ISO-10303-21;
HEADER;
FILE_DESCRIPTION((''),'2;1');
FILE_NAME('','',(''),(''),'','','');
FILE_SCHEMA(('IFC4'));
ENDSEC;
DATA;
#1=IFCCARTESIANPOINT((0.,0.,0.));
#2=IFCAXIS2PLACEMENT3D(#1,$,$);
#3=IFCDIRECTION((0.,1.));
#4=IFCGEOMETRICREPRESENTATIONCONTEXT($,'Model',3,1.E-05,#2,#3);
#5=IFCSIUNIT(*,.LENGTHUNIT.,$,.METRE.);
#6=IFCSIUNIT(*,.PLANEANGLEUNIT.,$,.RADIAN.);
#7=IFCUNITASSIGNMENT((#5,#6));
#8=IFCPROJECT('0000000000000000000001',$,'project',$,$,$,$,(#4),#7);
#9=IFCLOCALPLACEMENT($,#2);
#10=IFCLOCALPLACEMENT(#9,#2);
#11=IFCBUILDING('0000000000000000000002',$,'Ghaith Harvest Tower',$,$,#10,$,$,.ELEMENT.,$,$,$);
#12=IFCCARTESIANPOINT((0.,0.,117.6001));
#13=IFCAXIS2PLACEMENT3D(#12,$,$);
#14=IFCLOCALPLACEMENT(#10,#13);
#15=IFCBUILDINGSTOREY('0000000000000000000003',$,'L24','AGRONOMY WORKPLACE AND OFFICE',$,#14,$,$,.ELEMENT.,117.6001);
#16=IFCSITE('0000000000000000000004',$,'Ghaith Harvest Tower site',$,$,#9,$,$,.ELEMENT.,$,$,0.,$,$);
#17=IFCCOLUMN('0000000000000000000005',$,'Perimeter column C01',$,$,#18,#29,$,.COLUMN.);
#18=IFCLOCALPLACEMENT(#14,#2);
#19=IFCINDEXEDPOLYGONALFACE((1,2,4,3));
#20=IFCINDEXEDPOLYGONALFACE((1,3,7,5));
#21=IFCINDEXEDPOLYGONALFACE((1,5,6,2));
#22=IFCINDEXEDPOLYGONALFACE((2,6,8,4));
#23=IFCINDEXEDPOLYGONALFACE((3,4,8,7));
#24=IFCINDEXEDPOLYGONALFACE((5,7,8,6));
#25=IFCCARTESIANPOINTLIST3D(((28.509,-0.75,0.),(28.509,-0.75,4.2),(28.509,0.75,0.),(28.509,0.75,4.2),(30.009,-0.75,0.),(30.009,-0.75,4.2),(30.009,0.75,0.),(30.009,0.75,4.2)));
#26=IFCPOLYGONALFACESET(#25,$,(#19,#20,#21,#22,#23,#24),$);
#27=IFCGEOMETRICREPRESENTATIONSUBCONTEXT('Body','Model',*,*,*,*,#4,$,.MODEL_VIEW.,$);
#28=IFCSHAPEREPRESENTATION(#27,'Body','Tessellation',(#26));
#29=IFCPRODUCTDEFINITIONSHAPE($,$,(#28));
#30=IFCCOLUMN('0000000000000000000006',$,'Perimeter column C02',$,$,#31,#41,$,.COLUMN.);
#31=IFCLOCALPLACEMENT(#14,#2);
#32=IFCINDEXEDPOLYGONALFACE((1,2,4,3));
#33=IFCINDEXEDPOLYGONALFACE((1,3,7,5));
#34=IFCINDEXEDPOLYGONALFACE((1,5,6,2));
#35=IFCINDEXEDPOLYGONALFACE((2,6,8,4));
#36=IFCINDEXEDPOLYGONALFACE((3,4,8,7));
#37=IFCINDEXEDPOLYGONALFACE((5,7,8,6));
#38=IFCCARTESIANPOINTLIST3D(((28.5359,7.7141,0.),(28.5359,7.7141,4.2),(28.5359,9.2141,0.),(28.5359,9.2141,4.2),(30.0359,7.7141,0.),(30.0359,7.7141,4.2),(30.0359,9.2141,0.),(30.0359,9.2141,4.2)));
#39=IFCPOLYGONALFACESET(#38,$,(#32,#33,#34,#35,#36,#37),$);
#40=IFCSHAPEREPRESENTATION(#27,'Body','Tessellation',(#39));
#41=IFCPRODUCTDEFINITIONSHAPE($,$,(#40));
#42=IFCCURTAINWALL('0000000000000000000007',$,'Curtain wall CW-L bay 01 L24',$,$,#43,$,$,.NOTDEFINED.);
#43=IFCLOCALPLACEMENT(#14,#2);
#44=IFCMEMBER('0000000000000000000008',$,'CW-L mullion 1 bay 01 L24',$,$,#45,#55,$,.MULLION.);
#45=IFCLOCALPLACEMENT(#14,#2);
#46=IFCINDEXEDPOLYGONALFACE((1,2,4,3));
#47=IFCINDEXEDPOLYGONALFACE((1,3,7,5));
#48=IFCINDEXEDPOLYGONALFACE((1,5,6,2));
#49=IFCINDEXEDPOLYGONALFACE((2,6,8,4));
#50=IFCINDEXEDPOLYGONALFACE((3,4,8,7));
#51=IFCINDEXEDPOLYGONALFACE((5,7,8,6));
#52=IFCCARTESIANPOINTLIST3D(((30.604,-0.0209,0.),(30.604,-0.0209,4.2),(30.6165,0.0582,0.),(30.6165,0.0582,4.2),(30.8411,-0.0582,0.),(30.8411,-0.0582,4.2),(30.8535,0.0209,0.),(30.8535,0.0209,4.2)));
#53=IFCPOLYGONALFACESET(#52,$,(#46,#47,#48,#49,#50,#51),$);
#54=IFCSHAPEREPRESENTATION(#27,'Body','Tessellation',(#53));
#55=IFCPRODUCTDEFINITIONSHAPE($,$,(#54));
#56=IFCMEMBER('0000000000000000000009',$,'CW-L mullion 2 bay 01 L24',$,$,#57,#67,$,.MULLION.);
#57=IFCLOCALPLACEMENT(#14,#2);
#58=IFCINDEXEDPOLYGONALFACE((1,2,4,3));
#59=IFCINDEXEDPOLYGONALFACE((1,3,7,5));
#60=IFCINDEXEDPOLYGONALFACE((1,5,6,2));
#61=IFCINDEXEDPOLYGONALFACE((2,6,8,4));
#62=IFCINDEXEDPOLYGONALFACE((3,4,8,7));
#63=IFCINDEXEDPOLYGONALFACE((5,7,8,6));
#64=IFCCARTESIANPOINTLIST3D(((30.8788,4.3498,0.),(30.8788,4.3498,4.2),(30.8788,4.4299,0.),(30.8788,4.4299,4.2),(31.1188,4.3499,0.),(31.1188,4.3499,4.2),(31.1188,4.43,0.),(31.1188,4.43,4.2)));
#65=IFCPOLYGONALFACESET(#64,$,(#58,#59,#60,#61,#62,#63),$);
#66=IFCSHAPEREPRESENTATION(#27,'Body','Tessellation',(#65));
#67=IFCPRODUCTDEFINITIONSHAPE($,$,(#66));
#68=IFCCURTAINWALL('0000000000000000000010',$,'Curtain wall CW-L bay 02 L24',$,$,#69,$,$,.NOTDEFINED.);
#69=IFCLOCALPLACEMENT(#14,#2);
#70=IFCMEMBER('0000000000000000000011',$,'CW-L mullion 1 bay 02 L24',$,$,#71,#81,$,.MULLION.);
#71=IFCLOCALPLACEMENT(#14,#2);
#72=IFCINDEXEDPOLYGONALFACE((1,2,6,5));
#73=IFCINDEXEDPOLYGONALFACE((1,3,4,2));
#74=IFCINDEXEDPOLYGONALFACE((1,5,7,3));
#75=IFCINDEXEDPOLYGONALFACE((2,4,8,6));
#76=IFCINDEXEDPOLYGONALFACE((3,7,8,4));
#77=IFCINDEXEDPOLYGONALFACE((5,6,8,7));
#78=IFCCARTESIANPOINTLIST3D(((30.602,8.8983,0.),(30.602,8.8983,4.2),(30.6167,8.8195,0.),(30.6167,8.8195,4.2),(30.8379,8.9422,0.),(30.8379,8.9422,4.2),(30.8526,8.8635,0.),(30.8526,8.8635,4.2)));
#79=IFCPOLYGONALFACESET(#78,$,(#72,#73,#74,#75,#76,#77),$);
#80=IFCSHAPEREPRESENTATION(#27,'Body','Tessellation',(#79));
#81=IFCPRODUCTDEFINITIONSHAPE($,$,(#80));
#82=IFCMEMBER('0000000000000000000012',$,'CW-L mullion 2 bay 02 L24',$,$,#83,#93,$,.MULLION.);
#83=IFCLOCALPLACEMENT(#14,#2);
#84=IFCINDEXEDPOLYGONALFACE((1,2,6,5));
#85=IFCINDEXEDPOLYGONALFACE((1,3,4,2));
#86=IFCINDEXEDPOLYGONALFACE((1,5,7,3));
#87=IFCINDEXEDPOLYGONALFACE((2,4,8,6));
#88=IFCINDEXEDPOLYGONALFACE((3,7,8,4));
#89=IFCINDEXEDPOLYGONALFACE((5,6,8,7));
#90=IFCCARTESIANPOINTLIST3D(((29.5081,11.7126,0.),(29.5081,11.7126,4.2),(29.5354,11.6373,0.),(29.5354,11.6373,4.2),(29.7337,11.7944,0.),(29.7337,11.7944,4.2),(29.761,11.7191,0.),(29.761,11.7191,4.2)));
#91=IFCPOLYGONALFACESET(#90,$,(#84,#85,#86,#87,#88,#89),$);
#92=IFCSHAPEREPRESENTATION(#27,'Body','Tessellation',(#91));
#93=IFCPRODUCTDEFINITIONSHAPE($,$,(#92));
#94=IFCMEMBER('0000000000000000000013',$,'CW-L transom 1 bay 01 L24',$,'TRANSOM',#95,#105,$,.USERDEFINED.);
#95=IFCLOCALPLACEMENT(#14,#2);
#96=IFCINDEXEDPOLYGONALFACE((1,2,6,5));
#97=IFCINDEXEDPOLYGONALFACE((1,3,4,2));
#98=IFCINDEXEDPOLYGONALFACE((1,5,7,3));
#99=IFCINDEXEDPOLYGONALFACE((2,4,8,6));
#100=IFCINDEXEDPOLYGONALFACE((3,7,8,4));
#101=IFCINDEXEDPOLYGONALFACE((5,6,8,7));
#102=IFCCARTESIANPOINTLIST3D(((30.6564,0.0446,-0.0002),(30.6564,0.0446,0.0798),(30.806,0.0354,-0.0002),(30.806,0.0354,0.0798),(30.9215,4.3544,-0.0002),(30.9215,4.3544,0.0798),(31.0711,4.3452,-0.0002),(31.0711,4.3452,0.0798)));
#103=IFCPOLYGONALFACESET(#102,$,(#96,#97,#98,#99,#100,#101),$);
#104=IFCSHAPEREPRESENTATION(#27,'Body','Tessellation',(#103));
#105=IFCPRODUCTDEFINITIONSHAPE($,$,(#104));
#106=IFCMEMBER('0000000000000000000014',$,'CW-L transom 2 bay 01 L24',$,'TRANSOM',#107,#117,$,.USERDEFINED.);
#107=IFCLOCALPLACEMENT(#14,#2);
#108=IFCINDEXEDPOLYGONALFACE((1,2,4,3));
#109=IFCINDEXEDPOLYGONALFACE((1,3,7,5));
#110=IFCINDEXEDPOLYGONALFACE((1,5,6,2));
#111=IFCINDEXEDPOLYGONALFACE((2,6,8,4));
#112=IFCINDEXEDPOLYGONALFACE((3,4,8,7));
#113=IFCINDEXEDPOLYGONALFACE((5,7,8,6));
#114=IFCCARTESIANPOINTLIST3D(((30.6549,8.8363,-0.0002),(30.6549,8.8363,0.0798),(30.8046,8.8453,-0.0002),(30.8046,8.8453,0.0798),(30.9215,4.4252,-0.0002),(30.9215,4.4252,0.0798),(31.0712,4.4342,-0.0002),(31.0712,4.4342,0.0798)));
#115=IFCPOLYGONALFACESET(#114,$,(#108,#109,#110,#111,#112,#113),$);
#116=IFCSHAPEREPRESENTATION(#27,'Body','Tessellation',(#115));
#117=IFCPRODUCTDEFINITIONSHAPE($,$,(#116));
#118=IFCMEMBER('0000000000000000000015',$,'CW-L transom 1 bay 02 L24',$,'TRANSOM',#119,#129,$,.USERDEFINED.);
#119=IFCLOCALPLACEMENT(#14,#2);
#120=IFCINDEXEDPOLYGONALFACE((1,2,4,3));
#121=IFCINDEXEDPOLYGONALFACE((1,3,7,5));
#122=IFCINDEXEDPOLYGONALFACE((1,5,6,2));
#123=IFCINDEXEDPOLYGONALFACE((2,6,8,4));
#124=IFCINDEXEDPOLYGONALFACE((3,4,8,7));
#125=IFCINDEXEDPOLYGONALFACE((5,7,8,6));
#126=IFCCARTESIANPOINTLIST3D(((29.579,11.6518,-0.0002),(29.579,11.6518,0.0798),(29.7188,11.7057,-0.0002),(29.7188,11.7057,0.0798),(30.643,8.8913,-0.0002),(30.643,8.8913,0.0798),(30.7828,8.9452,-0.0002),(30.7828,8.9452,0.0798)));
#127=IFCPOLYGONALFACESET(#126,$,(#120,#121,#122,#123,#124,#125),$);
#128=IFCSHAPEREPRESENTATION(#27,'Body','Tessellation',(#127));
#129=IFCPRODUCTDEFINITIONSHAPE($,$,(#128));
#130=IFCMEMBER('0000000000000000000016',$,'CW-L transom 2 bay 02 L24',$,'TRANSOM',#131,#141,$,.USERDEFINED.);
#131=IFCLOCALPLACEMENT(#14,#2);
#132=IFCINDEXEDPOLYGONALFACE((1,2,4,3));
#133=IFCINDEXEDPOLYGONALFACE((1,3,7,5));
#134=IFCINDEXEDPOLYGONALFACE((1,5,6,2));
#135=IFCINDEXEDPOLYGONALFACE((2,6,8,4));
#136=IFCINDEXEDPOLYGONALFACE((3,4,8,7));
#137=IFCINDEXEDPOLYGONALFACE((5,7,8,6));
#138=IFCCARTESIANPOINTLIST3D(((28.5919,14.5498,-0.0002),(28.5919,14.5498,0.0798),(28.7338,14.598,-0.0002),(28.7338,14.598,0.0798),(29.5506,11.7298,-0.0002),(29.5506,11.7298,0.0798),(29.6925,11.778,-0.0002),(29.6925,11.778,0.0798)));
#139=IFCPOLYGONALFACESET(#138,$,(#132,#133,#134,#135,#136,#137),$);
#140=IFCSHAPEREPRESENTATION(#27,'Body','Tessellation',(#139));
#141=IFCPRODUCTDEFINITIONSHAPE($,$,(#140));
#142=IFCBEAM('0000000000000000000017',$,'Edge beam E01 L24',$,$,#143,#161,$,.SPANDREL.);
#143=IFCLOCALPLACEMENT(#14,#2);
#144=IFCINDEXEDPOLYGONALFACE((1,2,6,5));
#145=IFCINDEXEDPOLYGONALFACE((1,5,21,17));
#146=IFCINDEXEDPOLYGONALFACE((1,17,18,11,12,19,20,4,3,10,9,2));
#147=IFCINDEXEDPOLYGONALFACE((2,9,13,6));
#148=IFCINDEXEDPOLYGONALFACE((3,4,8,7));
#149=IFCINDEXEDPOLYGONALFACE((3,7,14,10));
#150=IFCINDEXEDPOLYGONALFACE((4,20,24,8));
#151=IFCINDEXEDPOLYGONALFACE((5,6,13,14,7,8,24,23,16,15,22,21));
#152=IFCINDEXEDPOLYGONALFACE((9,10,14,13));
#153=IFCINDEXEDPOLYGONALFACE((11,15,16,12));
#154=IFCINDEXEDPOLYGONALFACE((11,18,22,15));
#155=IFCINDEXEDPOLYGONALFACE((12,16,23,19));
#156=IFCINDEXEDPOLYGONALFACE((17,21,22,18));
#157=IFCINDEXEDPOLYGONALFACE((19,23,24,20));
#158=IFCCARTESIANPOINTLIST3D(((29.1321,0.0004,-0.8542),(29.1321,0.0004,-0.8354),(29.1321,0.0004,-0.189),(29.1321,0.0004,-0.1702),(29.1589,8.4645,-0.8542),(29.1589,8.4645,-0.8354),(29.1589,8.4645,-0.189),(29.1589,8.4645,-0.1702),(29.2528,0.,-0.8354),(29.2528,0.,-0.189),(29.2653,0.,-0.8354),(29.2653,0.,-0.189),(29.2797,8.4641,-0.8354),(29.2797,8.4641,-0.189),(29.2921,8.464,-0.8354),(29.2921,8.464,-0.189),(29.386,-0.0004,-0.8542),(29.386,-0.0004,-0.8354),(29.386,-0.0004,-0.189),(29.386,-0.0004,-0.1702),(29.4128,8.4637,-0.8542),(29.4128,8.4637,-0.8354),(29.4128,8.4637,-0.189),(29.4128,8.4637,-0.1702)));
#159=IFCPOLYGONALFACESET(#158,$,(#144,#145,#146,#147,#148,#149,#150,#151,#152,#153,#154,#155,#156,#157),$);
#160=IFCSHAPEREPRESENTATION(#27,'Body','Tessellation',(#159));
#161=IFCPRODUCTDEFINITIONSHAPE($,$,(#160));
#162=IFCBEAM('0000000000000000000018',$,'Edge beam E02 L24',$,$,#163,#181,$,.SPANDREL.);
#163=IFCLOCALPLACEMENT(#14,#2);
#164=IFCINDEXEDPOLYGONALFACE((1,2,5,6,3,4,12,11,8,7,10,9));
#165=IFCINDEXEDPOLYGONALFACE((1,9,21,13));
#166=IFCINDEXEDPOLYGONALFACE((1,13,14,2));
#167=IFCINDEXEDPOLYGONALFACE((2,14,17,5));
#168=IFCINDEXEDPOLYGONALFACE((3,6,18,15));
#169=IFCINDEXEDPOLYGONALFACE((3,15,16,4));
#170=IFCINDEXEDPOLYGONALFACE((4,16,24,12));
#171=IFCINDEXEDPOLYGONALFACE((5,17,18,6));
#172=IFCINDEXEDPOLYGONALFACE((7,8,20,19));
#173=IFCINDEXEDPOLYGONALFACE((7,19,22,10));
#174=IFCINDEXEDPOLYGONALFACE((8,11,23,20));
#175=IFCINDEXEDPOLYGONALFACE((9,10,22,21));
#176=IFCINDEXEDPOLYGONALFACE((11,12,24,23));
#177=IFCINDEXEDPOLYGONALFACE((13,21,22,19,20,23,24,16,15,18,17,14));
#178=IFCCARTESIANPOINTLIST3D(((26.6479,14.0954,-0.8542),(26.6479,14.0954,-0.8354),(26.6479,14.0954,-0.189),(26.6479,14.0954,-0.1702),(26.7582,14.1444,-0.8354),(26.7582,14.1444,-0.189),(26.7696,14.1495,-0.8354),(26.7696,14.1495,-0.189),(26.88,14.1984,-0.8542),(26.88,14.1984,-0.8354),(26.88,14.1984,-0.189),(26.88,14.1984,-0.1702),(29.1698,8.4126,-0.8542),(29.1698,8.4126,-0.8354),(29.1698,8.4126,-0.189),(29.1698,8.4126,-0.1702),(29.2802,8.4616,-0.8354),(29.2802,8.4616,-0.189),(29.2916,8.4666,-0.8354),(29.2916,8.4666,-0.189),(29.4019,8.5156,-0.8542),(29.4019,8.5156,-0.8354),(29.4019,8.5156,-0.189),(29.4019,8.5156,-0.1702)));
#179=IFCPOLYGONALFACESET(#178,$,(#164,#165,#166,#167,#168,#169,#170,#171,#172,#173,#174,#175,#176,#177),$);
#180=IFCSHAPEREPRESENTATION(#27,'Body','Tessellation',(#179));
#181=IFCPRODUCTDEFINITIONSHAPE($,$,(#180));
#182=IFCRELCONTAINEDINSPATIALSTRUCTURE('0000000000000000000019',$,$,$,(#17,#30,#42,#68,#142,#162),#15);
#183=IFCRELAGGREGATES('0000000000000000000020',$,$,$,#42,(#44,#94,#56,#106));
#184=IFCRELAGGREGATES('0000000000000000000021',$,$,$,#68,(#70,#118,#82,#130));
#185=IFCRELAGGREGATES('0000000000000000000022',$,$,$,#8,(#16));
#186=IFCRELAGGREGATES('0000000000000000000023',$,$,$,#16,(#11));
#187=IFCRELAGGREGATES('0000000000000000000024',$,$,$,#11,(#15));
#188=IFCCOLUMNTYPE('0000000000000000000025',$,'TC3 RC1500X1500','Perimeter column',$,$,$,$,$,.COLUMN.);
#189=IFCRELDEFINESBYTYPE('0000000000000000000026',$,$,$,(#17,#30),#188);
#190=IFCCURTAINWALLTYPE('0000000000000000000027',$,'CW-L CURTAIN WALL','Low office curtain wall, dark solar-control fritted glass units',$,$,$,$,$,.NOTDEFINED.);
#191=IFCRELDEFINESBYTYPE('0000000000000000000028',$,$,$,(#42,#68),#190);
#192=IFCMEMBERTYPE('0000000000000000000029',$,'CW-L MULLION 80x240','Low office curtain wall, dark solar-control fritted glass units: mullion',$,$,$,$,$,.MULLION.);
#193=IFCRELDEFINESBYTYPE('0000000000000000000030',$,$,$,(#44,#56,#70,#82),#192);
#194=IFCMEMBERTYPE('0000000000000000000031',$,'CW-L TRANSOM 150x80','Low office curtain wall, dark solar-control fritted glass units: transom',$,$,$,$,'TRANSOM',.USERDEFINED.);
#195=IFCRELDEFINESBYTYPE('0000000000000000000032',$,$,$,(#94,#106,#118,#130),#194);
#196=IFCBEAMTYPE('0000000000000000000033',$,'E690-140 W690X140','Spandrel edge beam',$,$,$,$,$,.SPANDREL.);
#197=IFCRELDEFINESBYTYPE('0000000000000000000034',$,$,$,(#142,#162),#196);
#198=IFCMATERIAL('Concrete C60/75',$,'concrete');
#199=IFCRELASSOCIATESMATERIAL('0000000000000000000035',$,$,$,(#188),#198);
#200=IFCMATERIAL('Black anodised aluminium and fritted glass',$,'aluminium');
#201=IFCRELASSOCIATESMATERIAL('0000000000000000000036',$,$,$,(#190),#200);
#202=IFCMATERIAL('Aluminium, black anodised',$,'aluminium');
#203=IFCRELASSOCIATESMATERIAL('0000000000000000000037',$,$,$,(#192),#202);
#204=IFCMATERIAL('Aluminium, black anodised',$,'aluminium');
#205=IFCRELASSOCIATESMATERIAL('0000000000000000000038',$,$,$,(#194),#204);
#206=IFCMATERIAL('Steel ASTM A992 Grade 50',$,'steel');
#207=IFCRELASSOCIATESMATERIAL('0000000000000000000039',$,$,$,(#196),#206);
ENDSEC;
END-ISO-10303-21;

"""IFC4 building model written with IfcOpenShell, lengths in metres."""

from ifc_helpers import new_model, si_unit, direction, frame, origin, origin_2d, place, context, subcontext, project, spatial, rectangle, i_section, extrude, material, material_profile, profile_set, type_object, element, aggregate, save


model = new_model("IFC4")

# Units and contexts
model_context = context("Model", 3, precision=1e-05, world=origin(), true_north=direction((0.0, 1.0)))
body_context = subcontext(model_context, "Body", "Model", "MODEL_VIEW")
ifc_project = project(units=[si_unit("LENGTHUNIT", "METRE"), si_unit("PLANEANGLEUNIT", "RADIAN")], contexts=[model_context])

# Site, building, storey
site_placement = place(None, origin())
site = spatial("IfcSite", under=ifc_project, at=site_placement, Name="Ghaith Harvest Tower site", CompositionType="ELEMENT", RefElevation=0.0)
building_placement = place(site_placement, origin())
building = spatial("IfcBuilding", under=site, at=building_placement, Name="Ghaith Harvest Tower", CompositionType="ELEMENT")
storey_placement = place(building_placement, frame((0.0, 0.0, 117.6001)))
storey = spatial("IfcBuildingStorey", under=building, at=storey_placement, Name="L24", Description="AGRONOMY WORKPLACE AND OFFICE", CompositionType="ELEMENT", Elevation=117.6001)

# Columns
ifc_material_1 = material(Name="Concrete C60/75", Category="concrete")
ifc_material_profile_1 = material_profile(ifc_material_1, rectangle(XDim=1.5, YDim=1.5, at=origin_2d()), Name="RC1500X1500")
ifc_profile_set_1 = profile_set([ifc_material_profile_1], Name="Concrete C60/75")
column_type = type_object("IfcColumnType", Name="TC3 RC1500X1500", Description="Perimeter column", PredefinedType="COLUMN", material=ifc_profile_set_1)
for number, where, z_axis, x_axis, name in (
    (1, (29.259, 0.0, 0.0), (0.0, 0.0, 1.0), (1.0, 0.0, 0.0), "Perimeter column C01"),
    (2, (29.2859, 8.4641, 0.0), (0.0, 0.0, 1.0), (1.0, 0.0, 0.0), "Perimeter column C02"),
):
    element("IfcColumn", number, at=place(storey_placement, frame(where, z_axis=z_axis, x_axis=x_axis)), inside=storey, type_object=column_type, Name=name, PredefinedType="COLUMN", context=body_context, shape_type="SweptSolid", body=[
        extrude(rectangle(XDim=1.5, YDim=1.5, at=origin_2d()), origin(), (0.0, 0.0, 1.0), 4.2),
    ])

# Curtain walls, members
ifc_material_2 = material(Name="Black anodised aluminium and fritted glass", Category="aluminium")
curtain_wall_type = type_object("IfcCurtainWallType", Name="CW-L CURTAIN WALL", Description="Low office curtain wall, dark solar-control fritted glass units", PredefinedType="NOTDEFINED", material=ifc_material_2)
curtain_wall_1_placement = place(storey_placement, origin())
curtain_wall_1 = element("IfcCurtainWall", 3, at=curtain_wall_1_placement, inside=storey, type_object=curtain_wall_type, Name="Curtain wall CW-L bay 01 L24", PredefinedType="NOTDEFINED")
ifc_material_3 = material(Name="Aluminium, black anodised", Category="aluminium")
ifc_material_profile_2 = material_profile(ifc_material_3, rectangle(XDim=0.0801, YDim=0.24, at=origin_2d()), Name="CW-L MULLION 80x240")
ifc_profile_set_2 = profile_set([ifc_material_profile_2], Name="Aluminium, black anodised")
member_type_1 = type_object("IfcMemberType", Name="CW-L MULLION 80x240", Description="Low office curtain wall, dark solar-control fritted glass units: mullion", PredefinedType="MULLION", material=ifc_profile_set_2)
member_1_placement = place(storey_placement, frame((30.7288, 0.0, 0.0), z_axis=(0.0, 0.0, 1.0), x_axis=(0.155597, 0.987821, 0.0)))
member_1 = element("IfcMember", 4, at=member_1_placement, type_object=member_type_1, Name="CW-L mullion 1 bay 01 L24", PredefinedType="MULLION", context=body_context, shape_type="SweptSolid", body=[
    extrude(rectangle(XDim=0.0801, YDim=0.24, at=origin_2d()), origin(), (0.0, 0.0, 1.0), 4.2),
])
member_2_placement = place(storey_placement, frame((30.9988, 4.3899, 0.0), z_axis=(0.0, 0.0, 1.0), x_axis=(-0.000162, 1.0, 0.0)))
member_2 = element("IfcMember", 5, at=member_2_placement, type_object=member_type_1, Name="CW-L mullion 2 bay 01 L24", PredefinedType="MULLION", context=body_context, shape_type="SweptSolid", body=[
    extrude(rectangle(XDim=0.0801, YDim=0.24, at=origin_2d()), origin(), (0.0, 0.0, 1.0), 4.2),
])
curtain_wall_2_placement = place(storey_placement, origin())
curtain_wall_2 = element("IfcCurtainWall", 6, at=curtain_wall_2_placement, inside=storey, type_object=curtain_wall_type, Name="Curtain wall CW-L bay 02 L24", PredefinedType="NOTDEFINED")
member_3_placement = place(storey_placement, frame((30.7273, 8.8809, 0.0), z_axis=(0.0, 0.0, 1.0), x_axis=(-0.18307, 0.9831, 0.0)))
member_3 = element("IfcMember", 7, at=member_3_placement, type_object=member_type_1, Name="CW-L mullion 1 bay 02 L24", PredefinedType="MULLION", context=body_context, shape_type="SweptSolid", body=[
    extrude(rectangle(XDim=0.0801, YDim=0.24, at=origin_2d()), origin(), (0.0, 0.0, 1.0), 4.2),
])
member_4_placement = place(storey_placement, frame((29.6345, 11.7158, 0.0), z_axis=(0.0, 0.0, 1.0), x_axis=(-0.340771, 0.940146, 0.0)))
member_4 = element("IfcMember", 8, at=member_4_placement, type_object=member_type_1, Name="CW-L mullion 2 bay 02 L24", PredefinedType="MULLION", context=body_context, shape_type="SweptSolid", body=[
    extrude(rectangle(XDim=0.0801, YDim=0.24, at=origin_2d()), origin(), (0.0, 0.0, 1.0), 4.2),
])

# Members
ifc_material_4 = material(Name="Aluminium, black anodised", Category="aluminium")
ifc_material_profile_3 = material_profile(ifc_material_4, rectangle(XDim=0.1499, YDim=0.0801, at=origin_2d()), Name="CW-L TRANSOM 150x80")
ifc_profile_set_3 = profile_set([ifc_material_profile_3], Name="Aluminium, black anodised")
member_type_2 = type_object("IfcMemberType", Name="CW-L TRANSOM 150x80", Description="Low office curtain wall, dark solar-control fritted glass units: transom", ElementType="TRANSOM", PredefinedType="USERDEFINED", material=ifc_profile_set_3)
member_5_placement = place(storey_placement, frame((30.7312, 0.04, 0.0398), z_axis=(0.061403, 0.998113, 0.0), x_axis=(-0.998113, 0.061403, 0.0)))
member_5 = element("IfcMember", 9, at=member_5_placement, type_object=member_type_2, Name="CW-L transom 1 bay 01 L24", ObjectType="TRANSOM", PredefinedType="USERDEFINED", context=body_context, shape_type="SweptSolid", body=[
    extrude(rectangle(XDim=0.1499, YDim=0.0801, at=origin_2d()), origin(), (0.0, 0.0, 1.0), 4.3179),
])
member_6_placement = place(storey_placement, frame((30.9963, 4.4297, 0.0398), z_axis=(-0.060328, 0.998179, 0.0), x_axis=(-0.998179, -0.060328, 0.0)))
member_6 = element("IfcMember", 10, at=member_6_placement, type_object=member_type_2, Name="CW-L transom 2 bay 01 L24", ObjectType="TRANSOM", PredefinedType="USERDEFINED", context=body_context, shape_type="SweptSolid", body=[
    extrude(rectangle(XDim=0.1499, YDim=0.0801, at=origin_2d()), origin(), (0.0, 0.0, 1.0), 4.4192),
])
member_7_placement = place(storey_placement, frame((30.7129, 8.9182, 0.0398), z_axis=(-0.359637, 0.933092, 0.0), x_axis=(-0.933092, -0.359637, 0.0)))
member_7 = element("IfcMember", 11, at=member_7_placement, type_object=member_type_2, Name="CW-L transom 1 bay 02 L24", ObjectType="TRANSOM", PredefinedType="USERDEFINED", context=body_context, shape_type="SweptSolid", body=[
    extrude(rectangle(XDim=0.1499, YDim=0.0801, at=origin_2d()), origin(), (0.0, 0.0, 1.0), 2.9585),
])
member_8_placement = place(storey_placement, frame((29.6216, 11.7539, 0.0398), z_axis=(-0.321878, 0.946781, 0.0), x_axis=(-0.946781, -0.321878, 0.0)))
member_8 = element("IfcMember", 12, at=member_8_placement, type_object=member_type_2, Name="CW-L transom 2 bay 02 L24", ObjectType="TRANSOM", PredefinedType="USERDEFINED", context=body_context, shape_type="SweptSolid", body=[
    extrude(rectangle(XDim=0.1499, YDim=0.0801, at=origin_2d()), origin(), (0.0, 0.0, 1.0), 2.9785),
])

# Beams
ifc_material_5 = material(Name="Steel ASTM A992 Grade 50", Category="steel")
ifc_material_profile_4 = material_profile(ifc_material_5, i_section(OverallWidth=0.2539, OverallDepth=0.6841, WebThickness=0.0125, FlangeThickness=0.0188, at=origin_2d()), Name="W690X140")
ifc_profile_set_4 = profile_set([ifc_material_profile_4], Name="Steel ASTM A992 Grade 50")
beam_type = type_object("IfcBeamType", Name="E690-140 W690X140", Description="Spandrel edge beam", PredefinedType="SPANDREL", material=ifc_profile_set_4)
beam_1_placement = place(storey_placement, frame((29.259, 0.0, -0.5122), z_axis=(0.003173, 0.999995, 0.0), x_axis=(-0.999995, 0.003173, 0.0)))
element("IfcBeam", 13, at=beam_1_placement, inside=storey, type_object=beam_type, Name="Edge beam E01 L24", PredefinedType="SPANDREL", context=body_context, shape_type="SweptSolid", body=[
    extrude(i_section(OverallWidth=0.2539, OverallDepth=0.6841, WebThickness=0.0125, FlangeThickness=0.0188, at=origin_2d()), origin(), (0.0, 0.0, 1.0), 8.4641),
])
beam_2_placement = place(storey_placement, frame((29.2859, 8.4641, -0.5122), z_axis=(-0.405636, 0.914035, 0.0), x_axis=(-0.914035, -0.405636, 0.0)))
element("IfcBeam", 14, at=beam_2_placement, inside=storey, type_object=beam_type, Name="Edge beam E02 L24", PredefinedType="SPANDREL", context=body_context, shape_type="SweptSolid", body=[
    extrude(i_section(OverallWidth=0.2539, OverallDepth=0.6841, WebThickness=0.0125, FlangeThickness=0.0188, at=origin_2d()), origin(), (0.0, 0.0, 1.0), 6.2173),
])

aggregate(curtain_wall_1, [member_1, member_5, member_2, member_6])
aggregate(curtain_wall_2, [member_3, member_7, member_4, member_8])

save(model, "model.ifc")
